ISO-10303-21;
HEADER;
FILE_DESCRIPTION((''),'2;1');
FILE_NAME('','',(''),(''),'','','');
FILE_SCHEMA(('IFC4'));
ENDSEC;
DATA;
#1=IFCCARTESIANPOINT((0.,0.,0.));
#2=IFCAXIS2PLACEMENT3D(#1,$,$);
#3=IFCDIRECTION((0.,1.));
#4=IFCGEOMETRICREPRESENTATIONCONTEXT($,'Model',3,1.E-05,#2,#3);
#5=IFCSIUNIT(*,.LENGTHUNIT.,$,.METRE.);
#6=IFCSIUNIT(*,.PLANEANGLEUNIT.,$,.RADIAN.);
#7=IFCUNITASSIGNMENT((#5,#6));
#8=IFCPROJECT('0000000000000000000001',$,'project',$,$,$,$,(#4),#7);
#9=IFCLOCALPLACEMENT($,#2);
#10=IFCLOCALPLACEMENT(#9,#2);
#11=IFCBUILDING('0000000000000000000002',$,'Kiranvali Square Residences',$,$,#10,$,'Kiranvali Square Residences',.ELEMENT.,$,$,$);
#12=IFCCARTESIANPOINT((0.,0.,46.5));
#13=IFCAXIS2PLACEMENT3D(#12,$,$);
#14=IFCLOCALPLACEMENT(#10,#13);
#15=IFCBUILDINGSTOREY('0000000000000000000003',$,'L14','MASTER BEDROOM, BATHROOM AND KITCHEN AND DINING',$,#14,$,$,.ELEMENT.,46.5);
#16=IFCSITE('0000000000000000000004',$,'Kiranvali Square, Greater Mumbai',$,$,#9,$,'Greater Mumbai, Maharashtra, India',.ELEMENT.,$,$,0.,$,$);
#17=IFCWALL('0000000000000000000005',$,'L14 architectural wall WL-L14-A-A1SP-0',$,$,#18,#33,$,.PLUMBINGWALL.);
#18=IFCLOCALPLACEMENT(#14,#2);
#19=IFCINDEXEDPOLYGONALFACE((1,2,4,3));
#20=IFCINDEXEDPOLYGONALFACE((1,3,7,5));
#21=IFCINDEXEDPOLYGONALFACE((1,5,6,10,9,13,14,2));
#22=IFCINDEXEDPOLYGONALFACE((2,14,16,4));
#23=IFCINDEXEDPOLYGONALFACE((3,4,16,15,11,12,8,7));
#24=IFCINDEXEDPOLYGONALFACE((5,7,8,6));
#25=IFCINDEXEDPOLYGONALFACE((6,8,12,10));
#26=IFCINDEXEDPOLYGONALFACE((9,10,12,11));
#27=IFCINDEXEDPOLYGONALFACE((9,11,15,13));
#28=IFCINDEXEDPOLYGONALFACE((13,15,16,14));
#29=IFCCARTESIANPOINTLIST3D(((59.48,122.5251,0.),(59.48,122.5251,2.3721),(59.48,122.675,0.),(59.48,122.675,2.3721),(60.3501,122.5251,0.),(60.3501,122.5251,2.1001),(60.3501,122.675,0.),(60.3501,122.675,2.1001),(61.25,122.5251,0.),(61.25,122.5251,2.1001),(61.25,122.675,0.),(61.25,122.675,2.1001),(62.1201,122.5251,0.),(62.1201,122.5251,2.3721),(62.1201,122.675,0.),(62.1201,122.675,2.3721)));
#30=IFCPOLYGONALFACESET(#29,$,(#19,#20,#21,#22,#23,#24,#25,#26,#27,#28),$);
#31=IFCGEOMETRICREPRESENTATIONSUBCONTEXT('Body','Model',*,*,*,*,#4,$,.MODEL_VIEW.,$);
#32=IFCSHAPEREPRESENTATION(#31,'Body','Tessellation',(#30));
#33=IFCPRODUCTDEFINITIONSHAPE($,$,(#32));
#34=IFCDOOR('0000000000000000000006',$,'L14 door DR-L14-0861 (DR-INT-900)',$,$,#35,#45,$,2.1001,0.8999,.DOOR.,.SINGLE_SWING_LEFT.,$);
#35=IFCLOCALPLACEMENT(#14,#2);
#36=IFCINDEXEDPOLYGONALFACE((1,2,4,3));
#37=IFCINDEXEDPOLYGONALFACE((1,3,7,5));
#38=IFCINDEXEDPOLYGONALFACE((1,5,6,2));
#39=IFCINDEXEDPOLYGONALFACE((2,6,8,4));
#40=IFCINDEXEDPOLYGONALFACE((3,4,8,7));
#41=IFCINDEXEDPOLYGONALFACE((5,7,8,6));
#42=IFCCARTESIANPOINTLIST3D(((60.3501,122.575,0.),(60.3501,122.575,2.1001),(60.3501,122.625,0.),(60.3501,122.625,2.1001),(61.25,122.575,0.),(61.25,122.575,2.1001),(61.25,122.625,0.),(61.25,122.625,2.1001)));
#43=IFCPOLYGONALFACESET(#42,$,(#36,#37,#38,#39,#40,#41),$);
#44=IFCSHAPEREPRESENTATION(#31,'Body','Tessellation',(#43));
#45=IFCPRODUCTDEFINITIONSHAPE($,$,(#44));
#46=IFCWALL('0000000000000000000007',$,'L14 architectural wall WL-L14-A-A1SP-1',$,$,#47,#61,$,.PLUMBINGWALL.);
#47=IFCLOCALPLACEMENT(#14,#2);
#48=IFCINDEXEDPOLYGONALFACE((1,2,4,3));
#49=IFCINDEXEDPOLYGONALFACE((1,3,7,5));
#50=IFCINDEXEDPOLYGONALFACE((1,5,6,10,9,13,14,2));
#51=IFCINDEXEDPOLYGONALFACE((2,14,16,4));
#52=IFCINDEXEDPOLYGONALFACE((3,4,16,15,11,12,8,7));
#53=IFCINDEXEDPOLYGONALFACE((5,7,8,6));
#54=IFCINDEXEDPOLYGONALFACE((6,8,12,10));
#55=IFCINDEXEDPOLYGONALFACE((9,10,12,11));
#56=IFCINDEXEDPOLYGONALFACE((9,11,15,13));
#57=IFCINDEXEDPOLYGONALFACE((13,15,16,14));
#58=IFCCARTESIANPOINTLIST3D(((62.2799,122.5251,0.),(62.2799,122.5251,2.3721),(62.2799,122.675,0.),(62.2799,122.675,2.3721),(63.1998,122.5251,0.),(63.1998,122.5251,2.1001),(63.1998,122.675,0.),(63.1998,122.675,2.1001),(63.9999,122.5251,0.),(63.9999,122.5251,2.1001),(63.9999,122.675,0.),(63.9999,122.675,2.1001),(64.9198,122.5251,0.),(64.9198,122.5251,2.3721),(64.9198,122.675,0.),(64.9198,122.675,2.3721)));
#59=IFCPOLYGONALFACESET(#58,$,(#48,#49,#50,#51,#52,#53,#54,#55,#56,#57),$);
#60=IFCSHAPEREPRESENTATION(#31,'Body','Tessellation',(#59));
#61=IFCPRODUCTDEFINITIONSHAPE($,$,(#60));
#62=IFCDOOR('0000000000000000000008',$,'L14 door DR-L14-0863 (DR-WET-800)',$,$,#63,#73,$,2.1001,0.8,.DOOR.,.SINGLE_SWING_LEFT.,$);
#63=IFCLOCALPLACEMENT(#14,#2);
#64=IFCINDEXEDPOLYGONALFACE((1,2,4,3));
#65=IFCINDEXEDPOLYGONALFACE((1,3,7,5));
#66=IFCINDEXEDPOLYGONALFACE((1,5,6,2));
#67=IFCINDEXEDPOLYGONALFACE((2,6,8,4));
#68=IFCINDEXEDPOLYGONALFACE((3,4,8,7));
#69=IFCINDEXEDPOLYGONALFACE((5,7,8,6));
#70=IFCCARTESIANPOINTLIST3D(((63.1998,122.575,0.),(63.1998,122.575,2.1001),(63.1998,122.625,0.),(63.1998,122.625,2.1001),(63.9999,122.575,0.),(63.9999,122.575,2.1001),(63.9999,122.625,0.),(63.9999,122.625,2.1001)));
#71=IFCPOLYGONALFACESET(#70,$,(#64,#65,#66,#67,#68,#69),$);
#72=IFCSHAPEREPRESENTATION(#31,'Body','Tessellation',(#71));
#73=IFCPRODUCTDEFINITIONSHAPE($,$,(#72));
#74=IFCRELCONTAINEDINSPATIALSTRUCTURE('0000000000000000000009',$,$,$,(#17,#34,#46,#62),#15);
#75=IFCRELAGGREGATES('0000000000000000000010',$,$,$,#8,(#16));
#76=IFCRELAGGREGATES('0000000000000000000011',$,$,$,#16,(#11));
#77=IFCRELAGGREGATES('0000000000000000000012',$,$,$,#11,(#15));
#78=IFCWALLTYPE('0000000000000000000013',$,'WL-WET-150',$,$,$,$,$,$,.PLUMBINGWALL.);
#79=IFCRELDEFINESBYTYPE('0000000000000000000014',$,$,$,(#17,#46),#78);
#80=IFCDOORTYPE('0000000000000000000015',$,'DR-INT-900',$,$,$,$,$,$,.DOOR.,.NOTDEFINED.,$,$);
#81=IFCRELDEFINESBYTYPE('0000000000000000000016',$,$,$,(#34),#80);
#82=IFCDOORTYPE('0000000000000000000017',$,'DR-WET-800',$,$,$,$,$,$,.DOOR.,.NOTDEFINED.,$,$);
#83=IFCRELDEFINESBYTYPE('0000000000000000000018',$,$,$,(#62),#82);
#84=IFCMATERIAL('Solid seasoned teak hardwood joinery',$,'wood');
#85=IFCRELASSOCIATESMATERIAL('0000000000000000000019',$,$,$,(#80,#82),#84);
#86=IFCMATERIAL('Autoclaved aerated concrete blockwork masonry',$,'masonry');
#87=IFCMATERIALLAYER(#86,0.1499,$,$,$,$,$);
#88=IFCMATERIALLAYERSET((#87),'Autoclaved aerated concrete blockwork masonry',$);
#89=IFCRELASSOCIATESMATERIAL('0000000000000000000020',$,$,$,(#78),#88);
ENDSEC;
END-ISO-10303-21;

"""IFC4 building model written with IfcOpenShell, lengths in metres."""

from ifc_helpers import new_model, si_unit, direction, frame, frame_2d, origin, place, context, subcontext, project, spatial, rectangle, extrude, material, layer, layer_set, type_object, element, fill, save


model = new_model("IFC4")

# Units and contexts
model_context = context("Model", 3, precision=1e-05, world=origin(), true_north=direction((0.0, 1.0)))
body_context = subcontext(model_context, "Body", "Model", "MODEL_VIEW")
ifc_project = project(units=[si_unit("LENGTHUNIT", "METRE"), si_unit("PLANEANGLEUNIT", "RADIAN")], contexts=[model_context])

# Site, building, storey
site_placement = place(None, origin())
site = spatial("IfcSite", under=ifc_project, at=site_placement, Name="Kiranvali Square, Greater Mumbai", LongName="Greater Mumbai, Maharashtra, India", CompositionType="ELEMENT", RefElevation=0.0)
building_placement = place(site_placement, origin())
building = spatial("IfcBuilding", under=site, at=building_placement, Name="Kiranvali Square Residences", LongName="Kiranvali Square Residences", CompositionType="ELEMENT")
storey_placement = place(building_placement, frame((0.0, 0.0, 46.5)))
storey = spatial("IfcBuildingStorey", under=building, at=storey_placement, Name="L14", Description="MASTER BEDROOM, BATHROOM AND KITCHEN AND DINING", CompositionType="ELEMENT", Elevation=46.5)

# Shared definitions
ifc_material_1 = material(Name="Autoclaved aerated concrete blockwork masonry", Category="masonry")

# Walls, openings, doors
ifc_material_2 = material(Name="Solid seasoned teak hardwood joinery", Category="wood")
door_type_1 = type_object("IfcDoorType", Name="DR-INT-900", OperationType="NOTDEFINED", PredefinedType="DOOR", material=ifc_material_2)
ifc_layer_1 = layer(ifc_material_1, 0.1499)
ifc_layer_set_1 = layer_set([ifc_layer_1], Name="Autoclaved aerated concrete blockwork masonry")
wall_type_1 = type_object("IfcWallType", Name="WL-WET-150", PredefinedType="PLUMBINGWALL", material=ifc_layer_set_1)
wall_1_placement = place(storey_placement, frame((59.48, 122.6001, 0.0), z_axis=(0.0, 0.0, 1.0), x_axis=(1.0, 0.0, 0.0)))
wall_1 = element("IfcWall", 1, at=wall_1_placement, inside=storey, type_object=wall_type_1, Name="L14 architectural wall WL-L14-A-A1SP-0", PredefinedType="PLUMBINGWALL", context=body_context, shape_type="SweptSolid", body=[
    extrude(rectangle(XDim=2.6401, YDim=0.1499, at=frame_2d((1.3201, 0.0))), origin(), (0.0, 0.0, 1.0), 2.3721),
])
opening_1_placement = place(wall_1_placement, frame((0.8701, 0.0, 0.0)))
opening_1 = element("IfcOpeningElement", 2, at=opening_1_placement, cuts=wall_1, PredefinedType="OPENING", context=body_context, shape_type="SweptSolid", body=[
    extrude(rectangle(XDim=0.8999, YDim=2.1001, at=frame_2d((0.45, 1.05))), frame((0.0, 0.085, 0.0), z_axis=(0.0, -1.0, 0.0), x_axis=(1.0, 0.0, 0.0)), (0.0, 0.0, 1.0), 0.1699),
])
door_1_placement = place(opening_1_placement, origin())
door_1 = element("IfcDoor", 3, at=door_1_placement, inside=storey, type_object=door_type_1, Name="L14 door DR-L14-0861 (DR-INT-900)", OperationType="SINGLE_SWING_LEFT", OverallHeight=2.1001, OverallWidth=0.8999, PredefinedType="DOOR", context=body_context, shape_type="SweptSolid", body=[
    extrude(rectangle(XDim=0.8999, YDim=2.1001, at=frame_2d((0.45, 1.05))), frame((0.0, 0.0249, 0.0), z_axis=(0.0, -1.0, 0.0), x_axis=(1.0, 0.0, 0.0)), (0.0, 0.0, 1.0), 0.05),
])
fill(opening_1, door_1)
wall_2_placement = place(storey_placement, frame((62.28, 122.6001, 0.0), z_axis=(0.0, 0.0, 1.0), x_axis=(1.0, 0.0, 0.0)))
wall_2 = element("IfcWall", 4, at=wall_2_placement, inside=storey, type_object=wall_type_1, Name="L14 architectural wall WL-L14-A-A1SP-1", PredefinedType="PLUMBINGWALL", context=body_context, shape_type="SweptSolid", body=[
    extrude(rectangle(XDim=2.6399, YDim=0.1499, at=frame_2d((1.3198, 0.0))), origin(), (0.0, 0.0, 1.0), 2.3721),
])
opening_2_placement = place(wall_2_placement, frame((0.9199, 0.0, 0.0)))
opening_2 = element("IfcOpeningElement", 5, at=opening_2_placement, cuts=wall_2, PredefinedType="OPENING", context=body_context, shape_type="SweptSolid", body=[
    extrude(rectangle(XDim=0.8, YDim=2.1001, at=frame_2d((0.3999, 1.05))), frame((0.0, 0.085, 0.0), z_axis=(0.0, -1.0, 0.0), x_axis=(1.0, 0.0, 0.0)), (0.0, 0.0, 1.0), 0.1699),
])
door_type_2 = type_object("IfcDoorType", Name="DR-WET-800", OperationType="NOTDEFINED", PredefinedType="DOOR", material=ifc_material_2)
door_2_placement = place(opening_2_placement, origin())
door_2 = element("IfcDoor", 6, at=door_2_placement, inside=storey, type_object=door_type_2, Name="L14 door DR-L14-0863 (DR-WET-800)", OperationType="SINGLE_SWING_LEFT", OverallHeight=2.1001, OverallWidth=0.8, PredefinedType="DOOR", context=body_context, shape_type="SweptSolid", body=[
    extrude(rectangle(XDim=0.8, YDim=2.1001, at=frame_2d((0.3999, 1.05))), frame((0.0, 0.0249, 0.0), z_axis=(0.0, -1.0, 0.0), x_axis=(1.0, 0.0, 0.0)), (0.0, 0.0, 1.0), 0.05),
])
fill(opening_2, door_2)

save(model, "model.ifc")
